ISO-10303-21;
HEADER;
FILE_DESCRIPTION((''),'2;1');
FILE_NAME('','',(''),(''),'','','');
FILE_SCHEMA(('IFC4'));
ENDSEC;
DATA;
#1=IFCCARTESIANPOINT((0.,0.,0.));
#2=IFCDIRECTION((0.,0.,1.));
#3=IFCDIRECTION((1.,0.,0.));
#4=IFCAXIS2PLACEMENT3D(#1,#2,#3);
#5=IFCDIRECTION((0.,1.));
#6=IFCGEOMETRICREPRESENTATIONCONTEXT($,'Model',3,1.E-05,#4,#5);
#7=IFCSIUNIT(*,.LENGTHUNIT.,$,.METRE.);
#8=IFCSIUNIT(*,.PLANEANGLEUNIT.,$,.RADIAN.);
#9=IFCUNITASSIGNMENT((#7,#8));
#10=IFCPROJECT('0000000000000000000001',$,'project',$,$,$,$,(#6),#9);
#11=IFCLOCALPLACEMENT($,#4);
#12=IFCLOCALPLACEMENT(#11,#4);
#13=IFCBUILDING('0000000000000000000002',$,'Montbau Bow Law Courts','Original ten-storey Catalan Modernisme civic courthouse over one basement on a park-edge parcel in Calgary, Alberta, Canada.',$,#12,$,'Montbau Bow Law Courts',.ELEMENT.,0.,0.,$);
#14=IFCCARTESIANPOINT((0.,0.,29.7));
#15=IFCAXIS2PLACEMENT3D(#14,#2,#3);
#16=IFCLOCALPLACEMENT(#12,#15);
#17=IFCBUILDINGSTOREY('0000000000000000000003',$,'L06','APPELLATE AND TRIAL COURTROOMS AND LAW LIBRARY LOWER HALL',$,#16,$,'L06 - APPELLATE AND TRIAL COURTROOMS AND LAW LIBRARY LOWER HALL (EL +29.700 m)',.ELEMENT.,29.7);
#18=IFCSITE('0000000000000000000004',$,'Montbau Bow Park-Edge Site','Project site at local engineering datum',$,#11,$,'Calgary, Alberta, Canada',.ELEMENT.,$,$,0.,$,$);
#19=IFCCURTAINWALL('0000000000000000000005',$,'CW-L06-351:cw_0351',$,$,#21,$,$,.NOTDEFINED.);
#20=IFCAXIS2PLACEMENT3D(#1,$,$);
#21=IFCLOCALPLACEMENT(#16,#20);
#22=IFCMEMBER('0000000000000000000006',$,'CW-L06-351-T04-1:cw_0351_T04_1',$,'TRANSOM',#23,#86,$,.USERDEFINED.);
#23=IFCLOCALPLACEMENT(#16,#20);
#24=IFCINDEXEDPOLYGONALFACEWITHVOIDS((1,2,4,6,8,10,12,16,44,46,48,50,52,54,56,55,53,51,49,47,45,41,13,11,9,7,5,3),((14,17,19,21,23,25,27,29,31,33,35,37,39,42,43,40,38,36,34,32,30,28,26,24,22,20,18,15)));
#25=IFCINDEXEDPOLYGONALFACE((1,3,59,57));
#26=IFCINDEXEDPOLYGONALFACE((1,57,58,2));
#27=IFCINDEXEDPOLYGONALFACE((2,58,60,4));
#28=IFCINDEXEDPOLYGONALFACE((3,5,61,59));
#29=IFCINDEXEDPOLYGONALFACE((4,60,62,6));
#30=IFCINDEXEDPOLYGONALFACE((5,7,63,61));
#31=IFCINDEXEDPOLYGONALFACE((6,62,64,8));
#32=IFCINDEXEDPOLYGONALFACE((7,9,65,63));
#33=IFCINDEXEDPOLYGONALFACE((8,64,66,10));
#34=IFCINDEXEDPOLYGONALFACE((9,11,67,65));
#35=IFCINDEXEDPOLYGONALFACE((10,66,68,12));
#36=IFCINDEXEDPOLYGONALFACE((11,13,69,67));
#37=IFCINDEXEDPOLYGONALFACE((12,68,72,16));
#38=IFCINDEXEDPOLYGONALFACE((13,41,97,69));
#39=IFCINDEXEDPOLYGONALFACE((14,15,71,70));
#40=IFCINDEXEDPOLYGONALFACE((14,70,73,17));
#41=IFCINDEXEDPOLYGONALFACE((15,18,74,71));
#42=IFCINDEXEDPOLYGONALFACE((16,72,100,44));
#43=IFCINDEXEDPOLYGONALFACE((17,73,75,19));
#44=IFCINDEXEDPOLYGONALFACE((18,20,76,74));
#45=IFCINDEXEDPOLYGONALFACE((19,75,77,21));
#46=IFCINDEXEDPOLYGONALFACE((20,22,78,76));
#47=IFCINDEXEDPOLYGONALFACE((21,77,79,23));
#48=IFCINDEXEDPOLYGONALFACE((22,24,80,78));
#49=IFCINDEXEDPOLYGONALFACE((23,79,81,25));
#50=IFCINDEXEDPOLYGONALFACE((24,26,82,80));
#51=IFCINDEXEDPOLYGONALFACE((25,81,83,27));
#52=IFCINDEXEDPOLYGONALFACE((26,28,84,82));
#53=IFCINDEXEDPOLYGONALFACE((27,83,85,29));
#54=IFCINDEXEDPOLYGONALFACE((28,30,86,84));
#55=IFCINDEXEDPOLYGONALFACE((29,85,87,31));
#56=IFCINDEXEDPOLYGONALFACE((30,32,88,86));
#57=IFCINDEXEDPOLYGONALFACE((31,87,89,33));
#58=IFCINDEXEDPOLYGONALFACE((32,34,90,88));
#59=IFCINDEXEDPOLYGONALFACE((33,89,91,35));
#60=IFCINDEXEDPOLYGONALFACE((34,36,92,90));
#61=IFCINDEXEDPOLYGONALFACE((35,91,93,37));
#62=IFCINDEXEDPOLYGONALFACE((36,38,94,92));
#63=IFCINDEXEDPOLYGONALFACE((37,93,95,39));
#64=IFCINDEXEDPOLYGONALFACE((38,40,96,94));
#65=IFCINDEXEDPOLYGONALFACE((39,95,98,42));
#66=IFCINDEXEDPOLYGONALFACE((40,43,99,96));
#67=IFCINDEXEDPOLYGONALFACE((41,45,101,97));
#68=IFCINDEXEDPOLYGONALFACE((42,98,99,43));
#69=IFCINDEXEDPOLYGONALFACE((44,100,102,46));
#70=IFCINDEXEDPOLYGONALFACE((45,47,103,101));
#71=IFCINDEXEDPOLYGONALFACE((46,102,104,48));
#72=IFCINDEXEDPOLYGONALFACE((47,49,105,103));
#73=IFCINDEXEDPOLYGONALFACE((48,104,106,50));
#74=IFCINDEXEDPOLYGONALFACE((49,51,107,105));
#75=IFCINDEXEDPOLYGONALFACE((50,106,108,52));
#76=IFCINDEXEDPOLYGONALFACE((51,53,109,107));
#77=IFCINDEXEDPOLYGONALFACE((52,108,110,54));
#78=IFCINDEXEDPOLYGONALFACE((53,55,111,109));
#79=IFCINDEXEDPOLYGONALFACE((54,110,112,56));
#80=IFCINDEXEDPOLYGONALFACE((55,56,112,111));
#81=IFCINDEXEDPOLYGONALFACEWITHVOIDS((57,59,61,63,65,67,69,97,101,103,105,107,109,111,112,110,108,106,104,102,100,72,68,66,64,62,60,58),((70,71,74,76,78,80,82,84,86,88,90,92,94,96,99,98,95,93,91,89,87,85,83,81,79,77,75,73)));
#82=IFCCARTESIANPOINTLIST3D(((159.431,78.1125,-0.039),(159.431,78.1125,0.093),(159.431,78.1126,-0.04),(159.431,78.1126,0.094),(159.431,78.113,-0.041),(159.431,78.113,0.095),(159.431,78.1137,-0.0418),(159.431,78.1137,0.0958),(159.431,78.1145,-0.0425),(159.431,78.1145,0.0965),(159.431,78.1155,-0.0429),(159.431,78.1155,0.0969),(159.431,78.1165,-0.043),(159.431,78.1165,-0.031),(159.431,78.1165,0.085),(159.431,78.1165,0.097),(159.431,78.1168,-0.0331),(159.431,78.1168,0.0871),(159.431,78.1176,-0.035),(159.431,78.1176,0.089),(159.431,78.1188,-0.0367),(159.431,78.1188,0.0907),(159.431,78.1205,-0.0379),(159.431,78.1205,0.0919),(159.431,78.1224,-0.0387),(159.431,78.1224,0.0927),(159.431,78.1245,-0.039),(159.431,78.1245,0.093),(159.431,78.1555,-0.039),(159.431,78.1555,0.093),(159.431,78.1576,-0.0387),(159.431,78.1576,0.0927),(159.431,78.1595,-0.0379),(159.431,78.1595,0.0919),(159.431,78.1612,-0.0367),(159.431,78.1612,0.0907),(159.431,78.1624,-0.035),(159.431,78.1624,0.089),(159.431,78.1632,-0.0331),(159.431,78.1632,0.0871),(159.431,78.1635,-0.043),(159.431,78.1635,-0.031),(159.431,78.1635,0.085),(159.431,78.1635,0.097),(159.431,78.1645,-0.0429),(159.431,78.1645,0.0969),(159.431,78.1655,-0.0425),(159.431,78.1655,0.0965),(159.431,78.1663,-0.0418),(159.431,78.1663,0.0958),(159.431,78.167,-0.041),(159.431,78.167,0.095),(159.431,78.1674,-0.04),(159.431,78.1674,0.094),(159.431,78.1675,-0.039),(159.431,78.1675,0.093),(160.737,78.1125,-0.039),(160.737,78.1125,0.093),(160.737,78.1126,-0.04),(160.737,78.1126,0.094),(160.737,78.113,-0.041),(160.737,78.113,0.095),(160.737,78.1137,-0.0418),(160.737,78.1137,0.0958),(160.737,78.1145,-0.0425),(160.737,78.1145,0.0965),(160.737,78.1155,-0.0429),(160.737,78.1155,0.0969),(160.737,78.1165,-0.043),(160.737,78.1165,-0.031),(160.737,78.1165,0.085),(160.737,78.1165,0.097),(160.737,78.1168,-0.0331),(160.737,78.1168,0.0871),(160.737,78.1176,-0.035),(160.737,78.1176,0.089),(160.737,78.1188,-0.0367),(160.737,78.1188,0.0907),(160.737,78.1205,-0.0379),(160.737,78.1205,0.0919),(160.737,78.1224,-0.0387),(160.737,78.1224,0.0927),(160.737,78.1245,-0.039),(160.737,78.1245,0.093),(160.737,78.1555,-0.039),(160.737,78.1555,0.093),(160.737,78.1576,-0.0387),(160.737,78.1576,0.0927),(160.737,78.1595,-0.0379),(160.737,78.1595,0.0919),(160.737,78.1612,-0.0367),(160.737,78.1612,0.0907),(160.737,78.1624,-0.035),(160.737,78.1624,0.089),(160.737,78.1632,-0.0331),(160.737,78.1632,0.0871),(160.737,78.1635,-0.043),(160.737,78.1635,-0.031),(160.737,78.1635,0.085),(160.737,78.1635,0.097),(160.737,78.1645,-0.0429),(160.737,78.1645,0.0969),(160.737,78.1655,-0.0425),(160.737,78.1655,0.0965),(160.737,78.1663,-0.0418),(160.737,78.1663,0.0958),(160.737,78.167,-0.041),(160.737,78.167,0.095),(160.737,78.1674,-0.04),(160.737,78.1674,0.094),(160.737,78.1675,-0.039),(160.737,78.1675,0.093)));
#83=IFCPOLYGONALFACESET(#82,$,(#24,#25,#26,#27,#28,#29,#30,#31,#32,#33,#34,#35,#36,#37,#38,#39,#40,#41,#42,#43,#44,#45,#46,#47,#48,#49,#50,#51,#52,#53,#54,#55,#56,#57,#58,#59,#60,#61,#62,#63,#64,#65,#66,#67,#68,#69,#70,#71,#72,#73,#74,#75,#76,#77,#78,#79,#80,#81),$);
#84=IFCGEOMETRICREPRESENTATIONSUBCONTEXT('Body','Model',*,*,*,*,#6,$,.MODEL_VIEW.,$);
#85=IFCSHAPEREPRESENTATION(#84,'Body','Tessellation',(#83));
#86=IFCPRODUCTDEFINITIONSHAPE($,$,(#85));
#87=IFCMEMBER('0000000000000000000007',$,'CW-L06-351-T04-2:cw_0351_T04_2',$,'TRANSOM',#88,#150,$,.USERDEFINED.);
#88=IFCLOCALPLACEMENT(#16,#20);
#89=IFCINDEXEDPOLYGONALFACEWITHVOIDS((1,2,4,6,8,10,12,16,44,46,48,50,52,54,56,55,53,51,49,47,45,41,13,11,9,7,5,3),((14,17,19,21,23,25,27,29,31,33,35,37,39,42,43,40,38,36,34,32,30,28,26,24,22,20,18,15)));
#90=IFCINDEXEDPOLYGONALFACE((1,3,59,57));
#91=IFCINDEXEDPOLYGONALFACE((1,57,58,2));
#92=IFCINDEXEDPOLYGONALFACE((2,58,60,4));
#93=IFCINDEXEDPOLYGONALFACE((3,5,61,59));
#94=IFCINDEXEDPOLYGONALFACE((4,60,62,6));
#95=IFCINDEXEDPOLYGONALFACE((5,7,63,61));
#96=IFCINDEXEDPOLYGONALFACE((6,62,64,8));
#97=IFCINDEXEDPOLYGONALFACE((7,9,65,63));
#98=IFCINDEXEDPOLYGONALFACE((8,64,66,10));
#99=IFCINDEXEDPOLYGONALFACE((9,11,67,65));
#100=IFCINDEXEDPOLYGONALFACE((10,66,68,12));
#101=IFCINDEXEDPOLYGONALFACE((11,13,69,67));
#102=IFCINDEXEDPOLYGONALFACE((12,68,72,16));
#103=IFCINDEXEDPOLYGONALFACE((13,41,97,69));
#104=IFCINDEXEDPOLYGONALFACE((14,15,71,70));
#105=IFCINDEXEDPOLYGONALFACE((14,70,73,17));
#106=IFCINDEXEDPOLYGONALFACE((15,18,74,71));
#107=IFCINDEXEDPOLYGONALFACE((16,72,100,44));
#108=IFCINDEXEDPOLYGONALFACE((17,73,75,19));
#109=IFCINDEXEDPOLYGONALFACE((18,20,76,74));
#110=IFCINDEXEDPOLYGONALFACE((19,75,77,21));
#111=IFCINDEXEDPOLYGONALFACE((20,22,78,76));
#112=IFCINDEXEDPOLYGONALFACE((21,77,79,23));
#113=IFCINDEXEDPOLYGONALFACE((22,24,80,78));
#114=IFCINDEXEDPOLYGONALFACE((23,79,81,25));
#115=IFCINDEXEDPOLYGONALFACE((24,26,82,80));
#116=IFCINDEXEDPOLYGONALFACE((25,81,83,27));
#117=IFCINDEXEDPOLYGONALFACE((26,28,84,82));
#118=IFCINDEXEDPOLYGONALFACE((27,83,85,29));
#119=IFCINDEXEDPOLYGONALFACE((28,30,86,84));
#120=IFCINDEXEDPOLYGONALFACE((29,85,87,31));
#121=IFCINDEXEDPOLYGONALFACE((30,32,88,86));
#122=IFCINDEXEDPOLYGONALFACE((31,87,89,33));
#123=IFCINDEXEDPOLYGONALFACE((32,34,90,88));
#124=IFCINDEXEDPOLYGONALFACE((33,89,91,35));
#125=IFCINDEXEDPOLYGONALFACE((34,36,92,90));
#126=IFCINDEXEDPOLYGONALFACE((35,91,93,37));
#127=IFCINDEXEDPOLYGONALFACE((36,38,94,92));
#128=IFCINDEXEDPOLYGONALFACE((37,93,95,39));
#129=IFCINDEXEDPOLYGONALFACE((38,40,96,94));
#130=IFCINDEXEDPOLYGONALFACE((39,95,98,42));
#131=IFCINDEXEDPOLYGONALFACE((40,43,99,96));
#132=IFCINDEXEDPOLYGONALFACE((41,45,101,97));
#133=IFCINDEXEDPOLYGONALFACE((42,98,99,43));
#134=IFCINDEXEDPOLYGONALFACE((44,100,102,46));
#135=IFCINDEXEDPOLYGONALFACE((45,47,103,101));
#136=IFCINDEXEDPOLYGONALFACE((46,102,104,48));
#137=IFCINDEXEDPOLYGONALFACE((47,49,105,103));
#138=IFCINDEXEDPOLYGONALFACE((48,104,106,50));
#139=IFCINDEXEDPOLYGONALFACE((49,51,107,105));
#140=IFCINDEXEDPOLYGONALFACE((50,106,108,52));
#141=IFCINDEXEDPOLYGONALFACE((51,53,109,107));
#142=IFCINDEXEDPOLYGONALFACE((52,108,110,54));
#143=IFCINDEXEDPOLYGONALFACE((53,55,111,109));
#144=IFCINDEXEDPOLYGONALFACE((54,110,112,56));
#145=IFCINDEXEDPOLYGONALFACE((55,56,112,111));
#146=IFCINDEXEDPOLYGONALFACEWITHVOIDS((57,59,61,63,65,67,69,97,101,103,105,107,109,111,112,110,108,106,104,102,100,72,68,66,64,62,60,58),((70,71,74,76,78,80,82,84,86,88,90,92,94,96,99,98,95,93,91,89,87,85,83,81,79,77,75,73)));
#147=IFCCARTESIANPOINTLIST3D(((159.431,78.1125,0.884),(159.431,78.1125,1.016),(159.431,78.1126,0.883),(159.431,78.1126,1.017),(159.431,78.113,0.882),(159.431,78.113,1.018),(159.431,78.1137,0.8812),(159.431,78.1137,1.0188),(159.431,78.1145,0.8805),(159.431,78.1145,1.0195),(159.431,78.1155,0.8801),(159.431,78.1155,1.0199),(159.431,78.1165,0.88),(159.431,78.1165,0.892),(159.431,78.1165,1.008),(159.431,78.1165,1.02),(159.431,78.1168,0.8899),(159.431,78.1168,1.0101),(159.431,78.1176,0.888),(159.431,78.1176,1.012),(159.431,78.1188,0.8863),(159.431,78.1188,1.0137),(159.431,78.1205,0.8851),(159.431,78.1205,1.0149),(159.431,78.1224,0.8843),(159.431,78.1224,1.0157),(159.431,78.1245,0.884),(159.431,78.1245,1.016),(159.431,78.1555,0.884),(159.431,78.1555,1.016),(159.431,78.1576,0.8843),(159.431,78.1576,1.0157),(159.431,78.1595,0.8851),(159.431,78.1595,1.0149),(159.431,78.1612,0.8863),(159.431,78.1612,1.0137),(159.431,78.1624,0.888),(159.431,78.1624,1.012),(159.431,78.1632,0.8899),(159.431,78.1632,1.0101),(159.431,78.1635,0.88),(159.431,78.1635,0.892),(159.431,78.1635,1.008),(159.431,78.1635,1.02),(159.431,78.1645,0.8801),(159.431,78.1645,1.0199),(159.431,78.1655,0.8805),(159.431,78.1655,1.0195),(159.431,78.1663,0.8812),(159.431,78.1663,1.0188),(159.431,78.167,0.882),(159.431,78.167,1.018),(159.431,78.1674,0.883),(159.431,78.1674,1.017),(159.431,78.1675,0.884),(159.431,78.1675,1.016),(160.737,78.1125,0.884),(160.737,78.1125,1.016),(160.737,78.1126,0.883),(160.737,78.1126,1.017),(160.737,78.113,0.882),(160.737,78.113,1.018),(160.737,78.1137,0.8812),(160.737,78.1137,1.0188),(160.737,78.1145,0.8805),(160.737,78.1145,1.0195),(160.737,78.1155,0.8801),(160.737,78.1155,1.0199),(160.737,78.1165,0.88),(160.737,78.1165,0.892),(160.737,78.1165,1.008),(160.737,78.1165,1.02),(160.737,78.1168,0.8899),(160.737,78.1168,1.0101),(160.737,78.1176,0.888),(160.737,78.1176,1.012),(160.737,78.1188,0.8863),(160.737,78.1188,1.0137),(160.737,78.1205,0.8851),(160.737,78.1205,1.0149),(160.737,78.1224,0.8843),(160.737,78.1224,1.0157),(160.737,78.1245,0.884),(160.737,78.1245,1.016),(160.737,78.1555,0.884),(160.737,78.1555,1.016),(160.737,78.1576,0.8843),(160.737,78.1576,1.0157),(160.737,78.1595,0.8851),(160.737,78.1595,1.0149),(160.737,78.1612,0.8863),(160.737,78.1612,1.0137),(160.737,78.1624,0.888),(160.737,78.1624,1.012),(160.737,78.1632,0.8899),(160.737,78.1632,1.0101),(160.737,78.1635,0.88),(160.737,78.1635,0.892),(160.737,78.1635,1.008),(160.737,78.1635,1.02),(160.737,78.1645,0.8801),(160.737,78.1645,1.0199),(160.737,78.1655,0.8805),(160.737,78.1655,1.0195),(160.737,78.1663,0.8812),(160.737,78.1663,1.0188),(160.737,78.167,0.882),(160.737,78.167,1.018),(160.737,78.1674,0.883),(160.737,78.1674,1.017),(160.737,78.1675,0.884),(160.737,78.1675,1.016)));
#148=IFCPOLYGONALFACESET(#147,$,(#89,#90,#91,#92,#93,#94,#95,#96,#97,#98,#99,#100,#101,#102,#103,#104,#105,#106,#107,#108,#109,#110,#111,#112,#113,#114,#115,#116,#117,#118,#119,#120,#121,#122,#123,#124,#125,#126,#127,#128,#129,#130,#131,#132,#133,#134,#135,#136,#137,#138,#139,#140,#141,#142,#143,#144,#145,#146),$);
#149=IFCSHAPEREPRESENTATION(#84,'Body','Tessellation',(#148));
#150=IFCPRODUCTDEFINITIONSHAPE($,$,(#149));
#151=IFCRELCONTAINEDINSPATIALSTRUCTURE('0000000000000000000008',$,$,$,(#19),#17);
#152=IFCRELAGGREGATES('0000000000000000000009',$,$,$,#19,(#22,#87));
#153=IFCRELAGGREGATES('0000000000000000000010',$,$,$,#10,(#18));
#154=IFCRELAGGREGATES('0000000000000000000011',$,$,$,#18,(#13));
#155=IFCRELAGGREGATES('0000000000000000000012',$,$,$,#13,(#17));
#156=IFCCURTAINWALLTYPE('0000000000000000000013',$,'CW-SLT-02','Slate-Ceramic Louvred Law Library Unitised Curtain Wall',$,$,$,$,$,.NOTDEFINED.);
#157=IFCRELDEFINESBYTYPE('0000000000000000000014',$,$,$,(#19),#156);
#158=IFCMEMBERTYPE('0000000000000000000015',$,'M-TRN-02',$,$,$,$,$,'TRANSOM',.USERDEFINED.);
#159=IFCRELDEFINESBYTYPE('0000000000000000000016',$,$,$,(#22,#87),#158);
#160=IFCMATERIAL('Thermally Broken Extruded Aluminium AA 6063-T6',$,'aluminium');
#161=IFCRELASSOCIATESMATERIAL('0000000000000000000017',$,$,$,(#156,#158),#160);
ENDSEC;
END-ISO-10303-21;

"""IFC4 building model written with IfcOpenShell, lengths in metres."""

from ifc_helpers import new_model, si_unit, direction, frame, origin_with_axes, origin_2d_with_axis, place, context, subcontext, project, spatial, hollow_rectangle, extrude, material, material_profile, profile_set, type_object, element, aggregate, save


model = new_model("IFC4")

# Units and contexts
model_context = context("Model", 3, precision=1e-05, world=origin_with_axes(), true_north=direction((0.0, 1.0)))
body_context = subcontext(model_context, "Body", "Model", "MODEL_VIEW")
ifc_project = project(units=[si_unit("LENGTHUNIT", "METRE"), si_unit("PLANEANGLEUNIT", "RADIAN")], contexts=[model_context])

# Site, building, storey
site_placement = place(None, origin_with_axes())
site = spatial("IfcSite", under=ifc_project, at=site_placement, Name="Montbau Bow Park-Edge Site", Description="Project site at local engineering datum", LongName="Calgary, Alberta, Canada", CompositionType="ELEMENT", RefElevation=0.0)
building_placement = place(site_placement, origin_with_axes())
building = spatial("IfcBuilding", under=site, at=building_placement, Name="Montbau Bow Law Courts", Description="Original ten-storey Catalan Modernisme civic courthouse over one basement on a park-edge parcel in Calgary, Alberta, Canada.", LongName="Montbau Bow Law Courts", CompositionType="ELEMENT", ElevationOfRefHeight=0.0, ElevationOfTerrain=0.0)
storey_placement = place(building_placement, frame((0.0, 0.0, 29.7), z_axis=(0.0, 0.0, 1.0), x_axis=(1.0, 0.0, 0.0)))
storey = spatial("IfcBuildingStorey", under=building, at=storey_placement, Name="L06", Description="APPELLATE AND TRIAL COURTROOMS AND LAW LIBRARY LOWER HALL", LongName="L06 - APPELLATE AND TRIAL COURTROOMS AND LAW LIBRARY LOWER HALL (EL +29.700 m)", CompositionType="ELEMENT", Elevation=29.7)

# Curtain wall, members
ifc_material_1 = material(Name="Thermally Broken Extruded Aluminium AA 6063-T6", Category="aluminium")
curtain_wall_type = type_object("IfcCurtainWallType", Name="CW-SLT-02", Description="Slate-Ceramic Louvred Law Library Unitised Curtain Wall", PredefinedType="NOTDEFINED", material=ifc_material_1)
curtain_wall_placement = place(None, frame((155.24, 78.14, 29.7), z_axis=(0.0, 0.0, 1.0), x_axis=(1.0, 0.0, 0.0)))
curtain_wall = element("IfcCurtainWall", 1, at=curtain_wall_placement, inside=storey, type_object=curtain_wall_type, Name="CW-L06-351:cw_0351", PredefinedType="NOTDEFINED")
ifc_material_profile_1 = material_profile(ifc_material_1, hollow_rectangle(XDim=0.055, YDim=0.14, WallThickness=0.004, InnerFilletRadius=0.008, OuterFilletRadius=0.004, at=origin_2d_with_axis()), Name="CWT-140X55", Category="Main", Priority=0)
ifc_profile_set_1 = profile_set([ifc_material_profile_1], Name="Thermally Broken Extruded Aluminium AA 6063-T6")
member_type_1 = type_object("IfcMemberType", Name="M-TRN-02", ElementType="TRANSOM", PredefinedType="USERDEFINED", material=ifc_profile_set_1)
member_1_placement = place(None, frame((159.431, 78.14, 29.727), z_axis=(1.0, 0.0, 0.0), x_axis=(0.0, 1.0, 0.0)))
member_1 = element("IfcMember", 2, at=member_1_placement, type_object=member_type_1, Name="CW-L06-351-T04-1:cw_0351_T04_1", ObjectType="TRANSOM", PredefinedType="USERDEFINED", context=body_context, shape_type="SweptSolid", body=[
    extrude(hollow_rectangle(XDim=0.055, YDim=0.14, WallThickness=0.004, InnerFilletRadius=0.008, OuterFilletRadius=0.004, at=origin_2d_with_axis()), origin_with_axes(), (0.0, 0.0, 1.0), 1.306),
])
member_2_placement = place(None, frame((159.431, 78.14, 30.65), z_axis=(1.0, 0.0, 0.0), x_axis=(0.0, 1.0, 0.0)))
member_2 = element("IfcMember", 3, at=member_2_placement, type_object=member_type_1, Name="CW-L06-351-T04-2:cw_0351_T04_2", ObjectType="TRANSOM", PredefinedType="USERDEFINED", context=body_context, shape_type="SweptSolid", body=[
    extrude(hollow_rectangle(XDim=0.055, YDim=0.14, WallThickness=0.004, InnerFilletRadius=0.008, OuterFilletRadius=0.004, at=origin_2d_with_axis()), origin_with_axes(), (0.0, 0.0, 1.0), 1.306),
])
aggregate(curtain_wall, [member_1, member_2])

save(model, "model.ifc")
